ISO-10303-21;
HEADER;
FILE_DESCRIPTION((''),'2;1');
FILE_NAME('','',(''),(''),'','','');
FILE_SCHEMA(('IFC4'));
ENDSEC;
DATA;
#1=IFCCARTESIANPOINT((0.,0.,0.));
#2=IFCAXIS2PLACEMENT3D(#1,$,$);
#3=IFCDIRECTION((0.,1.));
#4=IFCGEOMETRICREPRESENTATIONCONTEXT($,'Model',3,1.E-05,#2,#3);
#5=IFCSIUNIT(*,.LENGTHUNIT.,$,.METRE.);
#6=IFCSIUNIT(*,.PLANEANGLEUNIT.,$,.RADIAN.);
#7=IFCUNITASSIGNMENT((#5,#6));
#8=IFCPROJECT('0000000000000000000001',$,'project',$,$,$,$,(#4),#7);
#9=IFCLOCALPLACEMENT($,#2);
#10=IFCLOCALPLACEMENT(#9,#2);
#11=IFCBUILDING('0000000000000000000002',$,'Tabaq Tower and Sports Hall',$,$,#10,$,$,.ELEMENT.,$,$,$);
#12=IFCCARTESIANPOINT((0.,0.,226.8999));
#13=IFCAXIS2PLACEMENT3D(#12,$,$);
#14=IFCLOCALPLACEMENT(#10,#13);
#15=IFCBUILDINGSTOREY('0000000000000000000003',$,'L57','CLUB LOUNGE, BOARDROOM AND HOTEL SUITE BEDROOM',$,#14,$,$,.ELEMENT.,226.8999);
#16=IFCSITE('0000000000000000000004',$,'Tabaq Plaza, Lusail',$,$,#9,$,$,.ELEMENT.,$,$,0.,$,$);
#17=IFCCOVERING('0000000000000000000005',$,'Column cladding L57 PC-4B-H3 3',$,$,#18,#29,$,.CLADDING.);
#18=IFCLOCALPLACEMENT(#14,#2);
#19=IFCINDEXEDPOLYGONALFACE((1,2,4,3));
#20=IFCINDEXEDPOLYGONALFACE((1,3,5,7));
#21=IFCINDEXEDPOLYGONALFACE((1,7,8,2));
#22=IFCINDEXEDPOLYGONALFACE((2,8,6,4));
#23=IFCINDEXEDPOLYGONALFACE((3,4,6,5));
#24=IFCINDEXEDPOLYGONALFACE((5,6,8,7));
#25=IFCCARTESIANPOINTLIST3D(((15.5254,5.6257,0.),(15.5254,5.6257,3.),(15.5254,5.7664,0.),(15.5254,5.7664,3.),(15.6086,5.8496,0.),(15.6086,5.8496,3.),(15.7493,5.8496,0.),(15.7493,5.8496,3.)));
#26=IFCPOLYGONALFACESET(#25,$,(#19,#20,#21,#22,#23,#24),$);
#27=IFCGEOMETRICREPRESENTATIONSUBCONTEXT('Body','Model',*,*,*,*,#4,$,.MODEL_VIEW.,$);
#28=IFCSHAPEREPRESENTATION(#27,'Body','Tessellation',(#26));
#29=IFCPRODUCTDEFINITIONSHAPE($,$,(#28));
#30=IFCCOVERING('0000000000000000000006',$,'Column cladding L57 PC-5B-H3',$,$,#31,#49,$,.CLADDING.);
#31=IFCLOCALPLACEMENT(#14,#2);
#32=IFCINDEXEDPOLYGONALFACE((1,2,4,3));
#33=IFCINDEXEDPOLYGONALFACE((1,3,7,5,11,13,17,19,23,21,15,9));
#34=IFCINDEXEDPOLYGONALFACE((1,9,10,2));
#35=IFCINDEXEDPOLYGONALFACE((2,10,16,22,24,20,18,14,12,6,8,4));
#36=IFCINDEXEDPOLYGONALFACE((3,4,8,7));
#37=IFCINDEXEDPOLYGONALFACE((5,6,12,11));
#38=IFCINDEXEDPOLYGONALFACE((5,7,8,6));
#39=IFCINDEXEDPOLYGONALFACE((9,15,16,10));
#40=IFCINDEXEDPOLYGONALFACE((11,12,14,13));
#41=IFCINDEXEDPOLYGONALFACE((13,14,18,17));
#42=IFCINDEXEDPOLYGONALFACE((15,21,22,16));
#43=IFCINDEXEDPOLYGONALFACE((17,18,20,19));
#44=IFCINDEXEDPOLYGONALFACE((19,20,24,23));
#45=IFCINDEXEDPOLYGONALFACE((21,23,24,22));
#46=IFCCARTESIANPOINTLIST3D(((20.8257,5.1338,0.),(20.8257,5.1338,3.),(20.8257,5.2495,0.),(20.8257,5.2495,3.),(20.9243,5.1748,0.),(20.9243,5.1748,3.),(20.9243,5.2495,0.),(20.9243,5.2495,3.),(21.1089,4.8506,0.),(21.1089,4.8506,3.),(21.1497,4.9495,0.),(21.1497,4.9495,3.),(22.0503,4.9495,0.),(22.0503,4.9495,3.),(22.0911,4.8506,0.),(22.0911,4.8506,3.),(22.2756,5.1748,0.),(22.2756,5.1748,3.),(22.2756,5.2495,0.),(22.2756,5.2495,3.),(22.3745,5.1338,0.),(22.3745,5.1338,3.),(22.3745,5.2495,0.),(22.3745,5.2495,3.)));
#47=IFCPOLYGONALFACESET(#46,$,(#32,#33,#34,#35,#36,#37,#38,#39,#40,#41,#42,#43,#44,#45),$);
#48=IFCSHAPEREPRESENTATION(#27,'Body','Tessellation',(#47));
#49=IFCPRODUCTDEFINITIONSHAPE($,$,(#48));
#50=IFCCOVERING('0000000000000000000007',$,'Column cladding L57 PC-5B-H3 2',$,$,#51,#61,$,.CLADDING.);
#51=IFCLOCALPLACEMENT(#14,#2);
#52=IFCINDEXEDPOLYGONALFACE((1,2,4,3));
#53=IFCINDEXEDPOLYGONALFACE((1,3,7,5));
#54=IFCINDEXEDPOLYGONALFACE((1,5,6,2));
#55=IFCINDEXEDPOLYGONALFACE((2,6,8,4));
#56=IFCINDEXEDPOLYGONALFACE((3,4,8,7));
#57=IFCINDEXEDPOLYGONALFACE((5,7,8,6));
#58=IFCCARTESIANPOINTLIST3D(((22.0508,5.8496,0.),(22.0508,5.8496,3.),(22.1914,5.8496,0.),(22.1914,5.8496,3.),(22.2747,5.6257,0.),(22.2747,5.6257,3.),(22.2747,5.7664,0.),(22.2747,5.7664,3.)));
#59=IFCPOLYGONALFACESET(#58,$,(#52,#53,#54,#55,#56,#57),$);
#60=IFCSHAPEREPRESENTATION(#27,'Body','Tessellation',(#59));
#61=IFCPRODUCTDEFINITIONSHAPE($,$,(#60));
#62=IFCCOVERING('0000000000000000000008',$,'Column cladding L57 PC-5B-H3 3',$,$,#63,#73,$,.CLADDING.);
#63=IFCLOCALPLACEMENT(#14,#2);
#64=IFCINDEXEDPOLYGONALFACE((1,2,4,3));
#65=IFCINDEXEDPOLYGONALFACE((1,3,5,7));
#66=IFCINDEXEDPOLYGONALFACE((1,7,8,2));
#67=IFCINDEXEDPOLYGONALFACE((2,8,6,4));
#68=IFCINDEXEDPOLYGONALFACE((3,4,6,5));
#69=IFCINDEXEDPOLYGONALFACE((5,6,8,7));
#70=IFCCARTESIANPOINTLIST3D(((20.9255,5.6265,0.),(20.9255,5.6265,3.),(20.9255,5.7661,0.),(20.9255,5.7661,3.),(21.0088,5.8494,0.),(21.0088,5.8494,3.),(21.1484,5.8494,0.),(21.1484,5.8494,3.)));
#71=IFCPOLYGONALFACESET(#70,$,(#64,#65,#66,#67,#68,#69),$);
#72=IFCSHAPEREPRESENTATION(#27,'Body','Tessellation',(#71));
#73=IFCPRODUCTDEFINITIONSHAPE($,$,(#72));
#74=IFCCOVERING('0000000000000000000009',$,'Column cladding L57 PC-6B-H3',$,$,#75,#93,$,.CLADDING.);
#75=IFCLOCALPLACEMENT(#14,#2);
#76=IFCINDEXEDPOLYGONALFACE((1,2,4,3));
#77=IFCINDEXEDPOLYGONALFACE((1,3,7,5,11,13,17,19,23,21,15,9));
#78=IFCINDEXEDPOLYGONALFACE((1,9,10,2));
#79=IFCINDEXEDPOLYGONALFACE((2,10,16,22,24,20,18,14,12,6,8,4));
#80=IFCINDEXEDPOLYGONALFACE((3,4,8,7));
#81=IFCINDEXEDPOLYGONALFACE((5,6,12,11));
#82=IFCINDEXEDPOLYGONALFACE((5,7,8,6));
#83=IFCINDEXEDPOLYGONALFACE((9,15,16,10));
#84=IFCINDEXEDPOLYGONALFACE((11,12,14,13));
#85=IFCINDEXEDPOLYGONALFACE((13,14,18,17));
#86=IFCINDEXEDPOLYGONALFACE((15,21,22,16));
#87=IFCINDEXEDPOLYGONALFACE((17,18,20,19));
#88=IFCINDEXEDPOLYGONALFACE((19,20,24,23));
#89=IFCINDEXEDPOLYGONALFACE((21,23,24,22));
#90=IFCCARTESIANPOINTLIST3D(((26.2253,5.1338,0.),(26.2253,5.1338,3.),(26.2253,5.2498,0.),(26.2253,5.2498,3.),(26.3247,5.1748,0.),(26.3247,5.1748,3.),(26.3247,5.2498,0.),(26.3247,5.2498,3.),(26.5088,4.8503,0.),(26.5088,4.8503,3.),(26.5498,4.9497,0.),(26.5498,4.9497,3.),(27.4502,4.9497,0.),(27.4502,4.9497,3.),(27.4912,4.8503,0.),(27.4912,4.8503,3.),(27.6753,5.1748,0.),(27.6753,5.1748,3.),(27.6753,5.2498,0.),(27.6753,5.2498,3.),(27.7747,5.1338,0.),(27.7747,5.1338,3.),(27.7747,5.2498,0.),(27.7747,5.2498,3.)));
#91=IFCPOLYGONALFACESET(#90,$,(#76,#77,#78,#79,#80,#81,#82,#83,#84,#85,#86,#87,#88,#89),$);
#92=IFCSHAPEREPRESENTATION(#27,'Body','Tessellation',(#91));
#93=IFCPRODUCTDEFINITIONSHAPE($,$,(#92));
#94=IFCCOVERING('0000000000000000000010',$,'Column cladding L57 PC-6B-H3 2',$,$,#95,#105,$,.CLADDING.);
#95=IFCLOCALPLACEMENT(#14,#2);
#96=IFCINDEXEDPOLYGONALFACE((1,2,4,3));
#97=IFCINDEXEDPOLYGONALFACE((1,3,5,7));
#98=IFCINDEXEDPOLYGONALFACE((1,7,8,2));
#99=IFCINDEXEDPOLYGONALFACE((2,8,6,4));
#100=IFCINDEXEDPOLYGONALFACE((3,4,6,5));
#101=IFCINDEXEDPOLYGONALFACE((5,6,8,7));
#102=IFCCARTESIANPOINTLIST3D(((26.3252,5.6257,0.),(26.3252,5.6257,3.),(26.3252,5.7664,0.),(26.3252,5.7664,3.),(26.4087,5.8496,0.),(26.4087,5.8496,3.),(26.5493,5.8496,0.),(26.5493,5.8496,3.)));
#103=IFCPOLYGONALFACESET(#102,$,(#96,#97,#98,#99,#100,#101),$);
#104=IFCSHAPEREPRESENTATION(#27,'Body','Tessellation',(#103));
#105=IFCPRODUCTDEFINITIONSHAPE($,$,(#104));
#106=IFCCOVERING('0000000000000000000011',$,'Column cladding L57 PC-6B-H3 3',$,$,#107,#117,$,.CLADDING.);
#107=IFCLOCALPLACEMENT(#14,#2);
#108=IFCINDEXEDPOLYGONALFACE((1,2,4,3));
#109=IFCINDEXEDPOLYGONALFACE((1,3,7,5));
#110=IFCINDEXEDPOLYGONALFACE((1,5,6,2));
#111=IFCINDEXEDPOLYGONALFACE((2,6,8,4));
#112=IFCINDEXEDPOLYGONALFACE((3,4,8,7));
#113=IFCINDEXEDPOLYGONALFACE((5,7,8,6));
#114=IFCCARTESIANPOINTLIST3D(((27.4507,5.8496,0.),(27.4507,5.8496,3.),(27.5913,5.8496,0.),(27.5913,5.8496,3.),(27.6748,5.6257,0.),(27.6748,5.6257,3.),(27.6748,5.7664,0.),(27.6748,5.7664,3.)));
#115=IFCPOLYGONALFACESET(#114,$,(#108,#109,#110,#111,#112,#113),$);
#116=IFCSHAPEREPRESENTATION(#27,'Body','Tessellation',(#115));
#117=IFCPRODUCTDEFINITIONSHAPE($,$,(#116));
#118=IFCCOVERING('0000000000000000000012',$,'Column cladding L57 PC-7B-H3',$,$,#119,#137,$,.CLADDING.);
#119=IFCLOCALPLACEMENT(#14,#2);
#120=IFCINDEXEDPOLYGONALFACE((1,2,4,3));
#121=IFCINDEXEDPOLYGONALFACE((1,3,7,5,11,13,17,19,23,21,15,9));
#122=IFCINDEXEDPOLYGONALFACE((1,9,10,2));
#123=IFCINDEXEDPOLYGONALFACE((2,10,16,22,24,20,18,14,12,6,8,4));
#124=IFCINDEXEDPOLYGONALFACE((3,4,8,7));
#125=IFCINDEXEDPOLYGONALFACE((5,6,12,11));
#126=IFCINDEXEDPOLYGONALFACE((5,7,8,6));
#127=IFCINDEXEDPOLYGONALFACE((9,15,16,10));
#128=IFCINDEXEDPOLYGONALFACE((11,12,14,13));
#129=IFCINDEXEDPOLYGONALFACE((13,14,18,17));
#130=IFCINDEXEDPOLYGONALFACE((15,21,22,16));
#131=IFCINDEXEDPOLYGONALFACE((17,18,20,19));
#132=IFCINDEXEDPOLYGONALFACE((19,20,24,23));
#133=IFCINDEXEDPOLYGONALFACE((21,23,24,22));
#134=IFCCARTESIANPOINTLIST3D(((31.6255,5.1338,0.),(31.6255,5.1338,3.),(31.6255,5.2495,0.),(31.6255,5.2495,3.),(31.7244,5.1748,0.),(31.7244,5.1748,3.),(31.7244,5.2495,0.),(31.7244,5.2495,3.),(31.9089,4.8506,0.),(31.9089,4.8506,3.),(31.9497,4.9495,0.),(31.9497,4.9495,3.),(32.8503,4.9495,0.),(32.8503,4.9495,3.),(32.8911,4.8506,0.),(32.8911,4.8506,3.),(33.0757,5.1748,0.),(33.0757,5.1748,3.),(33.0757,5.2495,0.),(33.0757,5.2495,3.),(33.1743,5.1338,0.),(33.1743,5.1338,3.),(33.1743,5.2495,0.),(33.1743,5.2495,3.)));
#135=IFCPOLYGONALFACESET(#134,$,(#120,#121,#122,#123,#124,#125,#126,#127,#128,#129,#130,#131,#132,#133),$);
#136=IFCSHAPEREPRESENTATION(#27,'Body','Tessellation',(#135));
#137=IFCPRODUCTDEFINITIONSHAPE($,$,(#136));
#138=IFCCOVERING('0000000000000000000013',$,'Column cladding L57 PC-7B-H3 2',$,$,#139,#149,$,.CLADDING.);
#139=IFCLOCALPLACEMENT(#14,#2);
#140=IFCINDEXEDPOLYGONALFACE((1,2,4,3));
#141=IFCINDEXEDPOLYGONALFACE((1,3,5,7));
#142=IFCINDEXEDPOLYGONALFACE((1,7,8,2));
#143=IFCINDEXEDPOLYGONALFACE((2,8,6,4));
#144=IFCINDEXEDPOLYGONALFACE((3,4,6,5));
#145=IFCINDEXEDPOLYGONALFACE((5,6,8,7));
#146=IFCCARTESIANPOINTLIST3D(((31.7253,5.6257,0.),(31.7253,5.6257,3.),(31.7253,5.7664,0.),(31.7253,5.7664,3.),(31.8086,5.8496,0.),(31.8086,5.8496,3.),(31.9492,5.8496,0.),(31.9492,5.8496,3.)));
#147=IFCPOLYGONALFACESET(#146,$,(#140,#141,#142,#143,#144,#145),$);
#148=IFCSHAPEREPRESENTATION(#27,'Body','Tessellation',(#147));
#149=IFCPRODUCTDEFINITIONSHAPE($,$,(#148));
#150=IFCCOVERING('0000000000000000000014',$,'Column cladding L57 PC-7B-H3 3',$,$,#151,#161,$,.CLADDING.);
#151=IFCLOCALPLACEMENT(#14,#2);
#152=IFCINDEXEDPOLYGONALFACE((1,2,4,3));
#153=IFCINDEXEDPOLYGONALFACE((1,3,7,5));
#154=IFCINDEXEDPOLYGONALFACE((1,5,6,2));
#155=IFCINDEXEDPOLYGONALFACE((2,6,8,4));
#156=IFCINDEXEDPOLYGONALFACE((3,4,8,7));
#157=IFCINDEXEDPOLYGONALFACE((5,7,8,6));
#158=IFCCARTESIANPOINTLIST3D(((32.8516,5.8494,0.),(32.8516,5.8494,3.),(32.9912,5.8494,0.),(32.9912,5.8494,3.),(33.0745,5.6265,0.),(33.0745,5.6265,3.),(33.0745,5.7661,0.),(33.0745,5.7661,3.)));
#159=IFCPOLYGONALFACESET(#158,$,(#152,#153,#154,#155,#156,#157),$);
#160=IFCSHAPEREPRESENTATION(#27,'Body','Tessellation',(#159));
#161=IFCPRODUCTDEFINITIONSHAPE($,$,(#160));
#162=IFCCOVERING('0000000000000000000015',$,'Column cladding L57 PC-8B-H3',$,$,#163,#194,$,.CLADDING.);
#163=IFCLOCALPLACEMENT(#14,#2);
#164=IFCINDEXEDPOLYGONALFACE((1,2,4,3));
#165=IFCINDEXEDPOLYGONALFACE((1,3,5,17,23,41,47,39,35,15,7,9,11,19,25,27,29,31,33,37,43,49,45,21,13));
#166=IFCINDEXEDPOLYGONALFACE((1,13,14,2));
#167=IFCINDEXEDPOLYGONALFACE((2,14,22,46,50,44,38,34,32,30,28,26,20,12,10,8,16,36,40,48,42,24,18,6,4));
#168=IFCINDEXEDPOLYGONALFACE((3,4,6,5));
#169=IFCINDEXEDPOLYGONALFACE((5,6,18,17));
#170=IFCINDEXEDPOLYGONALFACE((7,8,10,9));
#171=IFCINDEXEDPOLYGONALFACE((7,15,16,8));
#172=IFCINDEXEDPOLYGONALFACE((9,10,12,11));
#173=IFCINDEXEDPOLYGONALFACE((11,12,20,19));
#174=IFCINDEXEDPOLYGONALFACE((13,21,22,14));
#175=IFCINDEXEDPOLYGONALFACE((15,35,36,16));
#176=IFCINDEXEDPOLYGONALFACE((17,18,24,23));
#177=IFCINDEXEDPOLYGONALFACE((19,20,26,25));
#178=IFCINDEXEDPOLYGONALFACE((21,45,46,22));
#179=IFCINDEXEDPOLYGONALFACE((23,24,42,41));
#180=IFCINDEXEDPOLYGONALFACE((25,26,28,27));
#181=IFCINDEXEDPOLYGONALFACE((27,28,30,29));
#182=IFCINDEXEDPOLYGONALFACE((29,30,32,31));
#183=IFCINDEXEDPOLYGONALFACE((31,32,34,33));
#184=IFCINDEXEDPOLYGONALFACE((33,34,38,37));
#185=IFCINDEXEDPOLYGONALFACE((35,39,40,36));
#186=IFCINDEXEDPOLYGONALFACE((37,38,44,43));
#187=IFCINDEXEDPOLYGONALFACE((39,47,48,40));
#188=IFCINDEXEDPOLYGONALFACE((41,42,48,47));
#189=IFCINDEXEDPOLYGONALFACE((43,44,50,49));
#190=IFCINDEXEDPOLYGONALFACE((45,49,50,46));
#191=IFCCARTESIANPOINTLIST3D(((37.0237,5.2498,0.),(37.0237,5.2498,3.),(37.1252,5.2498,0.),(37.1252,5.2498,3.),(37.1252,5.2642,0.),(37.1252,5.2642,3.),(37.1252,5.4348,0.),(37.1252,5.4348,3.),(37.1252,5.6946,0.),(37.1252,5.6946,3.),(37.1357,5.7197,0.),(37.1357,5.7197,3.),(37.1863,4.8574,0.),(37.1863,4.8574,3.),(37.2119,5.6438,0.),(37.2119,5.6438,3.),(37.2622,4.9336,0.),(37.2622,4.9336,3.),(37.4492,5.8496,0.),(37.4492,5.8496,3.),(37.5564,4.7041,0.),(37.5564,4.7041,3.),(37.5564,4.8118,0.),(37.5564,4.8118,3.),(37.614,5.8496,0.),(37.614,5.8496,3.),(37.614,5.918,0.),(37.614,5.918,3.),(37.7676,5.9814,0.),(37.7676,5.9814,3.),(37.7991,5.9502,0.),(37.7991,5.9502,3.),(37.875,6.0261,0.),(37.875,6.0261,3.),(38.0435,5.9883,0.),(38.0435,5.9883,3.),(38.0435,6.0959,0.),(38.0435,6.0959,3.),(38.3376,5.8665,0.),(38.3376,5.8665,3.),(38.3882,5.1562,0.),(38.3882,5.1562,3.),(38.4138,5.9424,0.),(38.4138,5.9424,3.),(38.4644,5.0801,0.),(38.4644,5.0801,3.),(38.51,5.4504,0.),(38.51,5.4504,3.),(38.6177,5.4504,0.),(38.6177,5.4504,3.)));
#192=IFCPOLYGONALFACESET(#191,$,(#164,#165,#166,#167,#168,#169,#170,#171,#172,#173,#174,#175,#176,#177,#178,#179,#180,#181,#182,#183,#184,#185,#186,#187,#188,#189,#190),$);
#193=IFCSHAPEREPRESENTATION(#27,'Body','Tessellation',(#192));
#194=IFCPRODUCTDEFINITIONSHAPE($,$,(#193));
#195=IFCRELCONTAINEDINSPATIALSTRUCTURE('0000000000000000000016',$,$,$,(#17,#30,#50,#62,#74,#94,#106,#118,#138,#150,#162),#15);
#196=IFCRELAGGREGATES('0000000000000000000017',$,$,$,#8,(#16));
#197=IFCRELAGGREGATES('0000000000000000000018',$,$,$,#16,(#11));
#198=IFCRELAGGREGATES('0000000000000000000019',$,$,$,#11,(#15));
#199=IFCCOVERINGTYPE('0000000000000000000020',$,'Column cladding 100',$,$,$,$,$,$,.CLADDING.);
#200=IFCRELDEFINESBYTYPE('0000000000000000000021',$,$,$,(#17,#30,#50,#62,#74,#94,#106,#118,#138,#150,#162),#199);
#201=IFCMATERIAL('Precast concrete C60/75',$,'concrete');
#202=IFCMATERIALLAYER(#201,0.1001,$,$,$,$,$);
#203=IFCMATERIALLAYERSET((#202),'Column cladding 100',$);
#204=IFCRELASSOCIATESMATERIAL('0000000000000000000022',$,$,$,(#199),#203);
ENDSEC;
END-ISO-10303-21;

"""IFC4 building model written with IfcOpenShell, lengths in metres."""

from ifc_helpers import new_model, si_unit, direction, frame, origin, place, context, subcontext, project, spatial, polyline, outline, extrude, material, layer, layer_set, type_object, element, save


model = new_model("IFC4")

# Units and contexts
model_context = context("Model", 3, precision=1e-05, world=origin(), true_north=direction((0.0, 1.0)))
body_context = subcontext(model_context, "Body", "Model", "MODEL_VIEW")
ifc_project = project(units=[si_unit("LENGTHUNIT", "METRE"), si_unit("PLANEANGLEUNIT", "RADIAN")], contexts=[model_context])

# Site, building, storey
site_placement = place(None, origin())
site = spatial("IfcSite", under=ifc_project, at=site_placement, Name="Tabaq Plaza, Lusail", CompositionType="ELEMENT", RefElevation=0.0)
building_placement = place(site_placement, origin())
building = spatial("IfcBuilding", under=site, at=building_placement, Name="Tabaq Tower and Sports Hall", CompositionType="ELEMENT")
storey_placement = place(building_placement, frame((0.0, 0.0, 226.8999)))
storey = spatial("IfcBuildingStorey", under=building, at=storey_placement, Name="L57", Description="CLUB LOUNGE, BOARDROOM AND HOTEL SUITE BEDROOM", CompositionType="ELEMENT", Elevation=226.8999)

# Coverings
ifc_material_1 = material(Name="Precast concrete C60/75", Category="concrete")
ifc_layer_1 = layer(ifc_material_1, 0.1001)
ifc_layer_set_1 = layer_set([ifc_layer_1], Name="Column cladding 100")
covering_type = type_object("IfcCoveringType", Name="Column cladding 100", PredefinedType="CLADDING", material=ifc_layer_set_1)
covering_1_placement = place(storey_placement, origin())
element("IfcCovering", 1, at=covering_1_placement, inside=storey, type_object=covering_type, Name="Column cladding L57 PC-4B-H3 3", PredefinedType="CLADDING", context=body_context, shape_type="SweptSolid", body=[
    extrude(outline(polyline([(15.6086, 5.8496), (15.7493, 5.8496), (15.5254, 5.6257), (15.5254, 5.7664), (15.6086, 5.8496)])), origin(), (0.0, 0.0, 1.0), 3.0),
])
covering_2_placement = place(storey_placement, origin())
element("IfcCovering", 2, at=covering_2_placement, inside=storey, type_object=covering_type, Name="Column cladding L57 PC-5B-H3", PredefinedType="CLADDING", context=body_context, shape_type="SweptSolid", body=[
    extrude(outline(polyline([(20.8257, 5.2495), (20.9243, 5.2495), (20.9243, 5.1748), (21.1497, 4.9495), (22.0503, 4.9495), (22.2756, 5.1748), (22.2756, 5.2495), (22.3745, 5.2495), (22.3745, 5.1338), (22.0911, 4.8506), (21.1089, 4.8506), (20.8257, 5.1338), (20.8257, 5.2495)])), origin(), (0.0, 0.0, 1.0), 3.0),
])
covering_3_placement = place(storey_placement, origin())
element("IfcCovering", 3, at=covering_3_placement, inside=storey, type_object=covering_type, Name="Column cladding L57 PC-5B-H3 2", PredefinedType="CLADDING", context=body_context, shape_type="SweptSolid", body=[
    extrude(outline(polyline([(22.2747, 5.7664), (22.2747, 5.6257), (22.0508, 5.8496), (22.1914, 5.8496), (22.2747, 5.7664)])), origin(), (0.0, 0.0, 1.0), 3.0),
])
covering_4_placement = place(storey_placement, origin())
element("IfcCovering", 4, at=covering_4_placement, inside=storey, type_object=covering_type, Name="Column cladding L57 PC-5B-H3 3", PredefinedType="CLADDING", context=body_context, shape_type="SweptSolid", body=[
    extrude(outline(polyline([(20.9255, 5.6265), (20.9255, 5.7661), (21.0088, 5.8494), (21.1484, 5.8494), (20.9255, 5.6265)])), origin(), (0.0, 0.0, 1.0), 3.0),
])
covering_5_placement = place(storey_placement, origin())
element("IfcCovering", 5, at=covering_5_placement, inside=storey, type_object=covering_type, Name="Column cladding L57 PC-6B-H3", PredefinedType="CLADDING", context=body_context, shape_type="SweptSolid", body=[
    extrude(outline(polyline([(26.2253, 5.2498), (26.3247, 5.2498), (26.3247, 5.1748), (26.5498, 4.9497), (27.4502, 4.9497), (27.6753, 5.1748), (27.6753, 5.2498), (27.7747, 5.2498), (27.7747, 5.1338), (27.4912, 4.8503), (26.5088, 4.8503), (26.2253, 5.1338), (26.2253, 5.2498)])), origin(), (0.0, 0.0, 1.0), 3.0),
])
covering_6_placement = place(storey_placement, origin())
element("IfcCovering", 6, at=covering_6_placement, inside=storey, type_object=covering_type, Name="Column cladding L57 PC-6B-H3 2", PredefinedType="CLADDING", context=body_context, shape_type="SweptSolid", body=[
    extrude(outline(polyline([(26.4087, 5.8496), (26.5493, 5.8496), (26.3252, 5.6257), (26.3252, 5.7664), (26.4087, 5.8496)])), origin(), (0.0, 0.0, 1.0), 3.0),
])
covering_7_placement = place(storey_placement, origin())
element("IfcCovering", 7, at=covering_7_placement, inside=storey, type_object=covering_type, Name="Column cladding L57 PC-6B-H3 3", PredefinedType="CLADDING", context=body_context, shape_type="SweptSolid", body=[
    extrude(outline(polyline([(27.6748, 5.7664), (27.6748, 5.6257), (27.4507, 5.8496), (27.5913, 5.8496), (27.6748, 5.7664)])), origin(), (0.0, 0.0, 1.0), 3.0),
])
covering_8_placement = place(storey_placement, origin())
element("IfcCovering", 8, at=covering_8_placement, inside=storey, type_object=covering_type, Name="Column cladding L57 PC-7B-H3", PredefinedType="CLADDING", context=body_context, shape_type="SweptSolid", body=[
    extrude(outline(polyline([(31.6255, 5.2495), (31.7244, 5.2495), (31.7244, 5.1748), (31.9497, 4.9495), (32.8503, 4.9495), (33.0757, 5.1748), (33.0757, 5.2495), (33.1743, 5.2495), (33.1743, 5.1338), (32.8911, 4.8506), (31.9089, 4.8506), (31.6255, 5.1338), (31.6255, 5.2495)])), origin(), (0.0, 0.0, 1.0), 3.0),
])
covering_9_placement = place(storey_placement, origin())
element("IfcCovering", 9, at=covering_9_placement, inside=storey, type_object=covering_type, Name="Column cladding L57 PC-7B-H3 2", PredefinedType="CLADDING", context=body_context, shape_type="SweptSolid", body=[
    extrude(outline(polyline([(31.8086, 5.8496), (31.9492, 5.8496), (31.7253, 5.6257), (31.7253, 5.7664), (31.8086, 5.8496)])), origin(), (0.0, 0.0, 1.0), 3.0),
])
covering_10_placement = place(storey_placement, origin())
element("IfcCovering", 10, at=covering_10_placement, inside=storey, type_object=covering_type, Name="Column cladding L57 PC-7B-H3 3", PredefinedType="CLADDING", context=body_context, shape_type="SweptSolid", body=[
    extrude(outline(polyline([(33.0745, 5.6265), (32.8516, 5.8494), (32.9912, 5.8494), (33.0745, 5.7661), (33.0745, 5.6265)])), origin(), (0.0, 0.0, 1.0), 3.0),
])
covering_11_placement = place(storey_placement, origin())
element("IfcCovering", 11, at=covering_11_placement, inside=storey, type_object=covering_type, Name="Column cladding L57 PC-8B-H3", PredefinedType="CLADDING", context=body_context, shape_type="SweptSolid", body=[
    extrude(outline(polyline([(37.0237, 5.2498), (37.1252, 5.2498), (37.1252, 5.2642), (37.2622, 4.9336), (37.5564, 4.8118), (38.3882, 5.1562), (38.51, 5.4504), (38.3376, 5.8665), (38.0435, 5.9883), (37.2119, 5.6438), (37.1252, 5.4348), (37.1252, 5.6946), (37.1357, 5.7197), (37.4492, 5.8496), (37.614, 5.8496), (37.614, 5.918), (37.7676, 5.9814), (37.7991, 5.9502), (37.875, 6.0261), (38.0435, 6.0959), (38.4138, 5.9424), (38.6177, 5.4504), (38.4644, 5.0801), (37.5564, 4.7041), (37.1863, 4.8574), (37.0237, 5.2498)])), origin(), (0.0, 0.0, 1.0), 3.0),
])

save(model, "model.ifc")
